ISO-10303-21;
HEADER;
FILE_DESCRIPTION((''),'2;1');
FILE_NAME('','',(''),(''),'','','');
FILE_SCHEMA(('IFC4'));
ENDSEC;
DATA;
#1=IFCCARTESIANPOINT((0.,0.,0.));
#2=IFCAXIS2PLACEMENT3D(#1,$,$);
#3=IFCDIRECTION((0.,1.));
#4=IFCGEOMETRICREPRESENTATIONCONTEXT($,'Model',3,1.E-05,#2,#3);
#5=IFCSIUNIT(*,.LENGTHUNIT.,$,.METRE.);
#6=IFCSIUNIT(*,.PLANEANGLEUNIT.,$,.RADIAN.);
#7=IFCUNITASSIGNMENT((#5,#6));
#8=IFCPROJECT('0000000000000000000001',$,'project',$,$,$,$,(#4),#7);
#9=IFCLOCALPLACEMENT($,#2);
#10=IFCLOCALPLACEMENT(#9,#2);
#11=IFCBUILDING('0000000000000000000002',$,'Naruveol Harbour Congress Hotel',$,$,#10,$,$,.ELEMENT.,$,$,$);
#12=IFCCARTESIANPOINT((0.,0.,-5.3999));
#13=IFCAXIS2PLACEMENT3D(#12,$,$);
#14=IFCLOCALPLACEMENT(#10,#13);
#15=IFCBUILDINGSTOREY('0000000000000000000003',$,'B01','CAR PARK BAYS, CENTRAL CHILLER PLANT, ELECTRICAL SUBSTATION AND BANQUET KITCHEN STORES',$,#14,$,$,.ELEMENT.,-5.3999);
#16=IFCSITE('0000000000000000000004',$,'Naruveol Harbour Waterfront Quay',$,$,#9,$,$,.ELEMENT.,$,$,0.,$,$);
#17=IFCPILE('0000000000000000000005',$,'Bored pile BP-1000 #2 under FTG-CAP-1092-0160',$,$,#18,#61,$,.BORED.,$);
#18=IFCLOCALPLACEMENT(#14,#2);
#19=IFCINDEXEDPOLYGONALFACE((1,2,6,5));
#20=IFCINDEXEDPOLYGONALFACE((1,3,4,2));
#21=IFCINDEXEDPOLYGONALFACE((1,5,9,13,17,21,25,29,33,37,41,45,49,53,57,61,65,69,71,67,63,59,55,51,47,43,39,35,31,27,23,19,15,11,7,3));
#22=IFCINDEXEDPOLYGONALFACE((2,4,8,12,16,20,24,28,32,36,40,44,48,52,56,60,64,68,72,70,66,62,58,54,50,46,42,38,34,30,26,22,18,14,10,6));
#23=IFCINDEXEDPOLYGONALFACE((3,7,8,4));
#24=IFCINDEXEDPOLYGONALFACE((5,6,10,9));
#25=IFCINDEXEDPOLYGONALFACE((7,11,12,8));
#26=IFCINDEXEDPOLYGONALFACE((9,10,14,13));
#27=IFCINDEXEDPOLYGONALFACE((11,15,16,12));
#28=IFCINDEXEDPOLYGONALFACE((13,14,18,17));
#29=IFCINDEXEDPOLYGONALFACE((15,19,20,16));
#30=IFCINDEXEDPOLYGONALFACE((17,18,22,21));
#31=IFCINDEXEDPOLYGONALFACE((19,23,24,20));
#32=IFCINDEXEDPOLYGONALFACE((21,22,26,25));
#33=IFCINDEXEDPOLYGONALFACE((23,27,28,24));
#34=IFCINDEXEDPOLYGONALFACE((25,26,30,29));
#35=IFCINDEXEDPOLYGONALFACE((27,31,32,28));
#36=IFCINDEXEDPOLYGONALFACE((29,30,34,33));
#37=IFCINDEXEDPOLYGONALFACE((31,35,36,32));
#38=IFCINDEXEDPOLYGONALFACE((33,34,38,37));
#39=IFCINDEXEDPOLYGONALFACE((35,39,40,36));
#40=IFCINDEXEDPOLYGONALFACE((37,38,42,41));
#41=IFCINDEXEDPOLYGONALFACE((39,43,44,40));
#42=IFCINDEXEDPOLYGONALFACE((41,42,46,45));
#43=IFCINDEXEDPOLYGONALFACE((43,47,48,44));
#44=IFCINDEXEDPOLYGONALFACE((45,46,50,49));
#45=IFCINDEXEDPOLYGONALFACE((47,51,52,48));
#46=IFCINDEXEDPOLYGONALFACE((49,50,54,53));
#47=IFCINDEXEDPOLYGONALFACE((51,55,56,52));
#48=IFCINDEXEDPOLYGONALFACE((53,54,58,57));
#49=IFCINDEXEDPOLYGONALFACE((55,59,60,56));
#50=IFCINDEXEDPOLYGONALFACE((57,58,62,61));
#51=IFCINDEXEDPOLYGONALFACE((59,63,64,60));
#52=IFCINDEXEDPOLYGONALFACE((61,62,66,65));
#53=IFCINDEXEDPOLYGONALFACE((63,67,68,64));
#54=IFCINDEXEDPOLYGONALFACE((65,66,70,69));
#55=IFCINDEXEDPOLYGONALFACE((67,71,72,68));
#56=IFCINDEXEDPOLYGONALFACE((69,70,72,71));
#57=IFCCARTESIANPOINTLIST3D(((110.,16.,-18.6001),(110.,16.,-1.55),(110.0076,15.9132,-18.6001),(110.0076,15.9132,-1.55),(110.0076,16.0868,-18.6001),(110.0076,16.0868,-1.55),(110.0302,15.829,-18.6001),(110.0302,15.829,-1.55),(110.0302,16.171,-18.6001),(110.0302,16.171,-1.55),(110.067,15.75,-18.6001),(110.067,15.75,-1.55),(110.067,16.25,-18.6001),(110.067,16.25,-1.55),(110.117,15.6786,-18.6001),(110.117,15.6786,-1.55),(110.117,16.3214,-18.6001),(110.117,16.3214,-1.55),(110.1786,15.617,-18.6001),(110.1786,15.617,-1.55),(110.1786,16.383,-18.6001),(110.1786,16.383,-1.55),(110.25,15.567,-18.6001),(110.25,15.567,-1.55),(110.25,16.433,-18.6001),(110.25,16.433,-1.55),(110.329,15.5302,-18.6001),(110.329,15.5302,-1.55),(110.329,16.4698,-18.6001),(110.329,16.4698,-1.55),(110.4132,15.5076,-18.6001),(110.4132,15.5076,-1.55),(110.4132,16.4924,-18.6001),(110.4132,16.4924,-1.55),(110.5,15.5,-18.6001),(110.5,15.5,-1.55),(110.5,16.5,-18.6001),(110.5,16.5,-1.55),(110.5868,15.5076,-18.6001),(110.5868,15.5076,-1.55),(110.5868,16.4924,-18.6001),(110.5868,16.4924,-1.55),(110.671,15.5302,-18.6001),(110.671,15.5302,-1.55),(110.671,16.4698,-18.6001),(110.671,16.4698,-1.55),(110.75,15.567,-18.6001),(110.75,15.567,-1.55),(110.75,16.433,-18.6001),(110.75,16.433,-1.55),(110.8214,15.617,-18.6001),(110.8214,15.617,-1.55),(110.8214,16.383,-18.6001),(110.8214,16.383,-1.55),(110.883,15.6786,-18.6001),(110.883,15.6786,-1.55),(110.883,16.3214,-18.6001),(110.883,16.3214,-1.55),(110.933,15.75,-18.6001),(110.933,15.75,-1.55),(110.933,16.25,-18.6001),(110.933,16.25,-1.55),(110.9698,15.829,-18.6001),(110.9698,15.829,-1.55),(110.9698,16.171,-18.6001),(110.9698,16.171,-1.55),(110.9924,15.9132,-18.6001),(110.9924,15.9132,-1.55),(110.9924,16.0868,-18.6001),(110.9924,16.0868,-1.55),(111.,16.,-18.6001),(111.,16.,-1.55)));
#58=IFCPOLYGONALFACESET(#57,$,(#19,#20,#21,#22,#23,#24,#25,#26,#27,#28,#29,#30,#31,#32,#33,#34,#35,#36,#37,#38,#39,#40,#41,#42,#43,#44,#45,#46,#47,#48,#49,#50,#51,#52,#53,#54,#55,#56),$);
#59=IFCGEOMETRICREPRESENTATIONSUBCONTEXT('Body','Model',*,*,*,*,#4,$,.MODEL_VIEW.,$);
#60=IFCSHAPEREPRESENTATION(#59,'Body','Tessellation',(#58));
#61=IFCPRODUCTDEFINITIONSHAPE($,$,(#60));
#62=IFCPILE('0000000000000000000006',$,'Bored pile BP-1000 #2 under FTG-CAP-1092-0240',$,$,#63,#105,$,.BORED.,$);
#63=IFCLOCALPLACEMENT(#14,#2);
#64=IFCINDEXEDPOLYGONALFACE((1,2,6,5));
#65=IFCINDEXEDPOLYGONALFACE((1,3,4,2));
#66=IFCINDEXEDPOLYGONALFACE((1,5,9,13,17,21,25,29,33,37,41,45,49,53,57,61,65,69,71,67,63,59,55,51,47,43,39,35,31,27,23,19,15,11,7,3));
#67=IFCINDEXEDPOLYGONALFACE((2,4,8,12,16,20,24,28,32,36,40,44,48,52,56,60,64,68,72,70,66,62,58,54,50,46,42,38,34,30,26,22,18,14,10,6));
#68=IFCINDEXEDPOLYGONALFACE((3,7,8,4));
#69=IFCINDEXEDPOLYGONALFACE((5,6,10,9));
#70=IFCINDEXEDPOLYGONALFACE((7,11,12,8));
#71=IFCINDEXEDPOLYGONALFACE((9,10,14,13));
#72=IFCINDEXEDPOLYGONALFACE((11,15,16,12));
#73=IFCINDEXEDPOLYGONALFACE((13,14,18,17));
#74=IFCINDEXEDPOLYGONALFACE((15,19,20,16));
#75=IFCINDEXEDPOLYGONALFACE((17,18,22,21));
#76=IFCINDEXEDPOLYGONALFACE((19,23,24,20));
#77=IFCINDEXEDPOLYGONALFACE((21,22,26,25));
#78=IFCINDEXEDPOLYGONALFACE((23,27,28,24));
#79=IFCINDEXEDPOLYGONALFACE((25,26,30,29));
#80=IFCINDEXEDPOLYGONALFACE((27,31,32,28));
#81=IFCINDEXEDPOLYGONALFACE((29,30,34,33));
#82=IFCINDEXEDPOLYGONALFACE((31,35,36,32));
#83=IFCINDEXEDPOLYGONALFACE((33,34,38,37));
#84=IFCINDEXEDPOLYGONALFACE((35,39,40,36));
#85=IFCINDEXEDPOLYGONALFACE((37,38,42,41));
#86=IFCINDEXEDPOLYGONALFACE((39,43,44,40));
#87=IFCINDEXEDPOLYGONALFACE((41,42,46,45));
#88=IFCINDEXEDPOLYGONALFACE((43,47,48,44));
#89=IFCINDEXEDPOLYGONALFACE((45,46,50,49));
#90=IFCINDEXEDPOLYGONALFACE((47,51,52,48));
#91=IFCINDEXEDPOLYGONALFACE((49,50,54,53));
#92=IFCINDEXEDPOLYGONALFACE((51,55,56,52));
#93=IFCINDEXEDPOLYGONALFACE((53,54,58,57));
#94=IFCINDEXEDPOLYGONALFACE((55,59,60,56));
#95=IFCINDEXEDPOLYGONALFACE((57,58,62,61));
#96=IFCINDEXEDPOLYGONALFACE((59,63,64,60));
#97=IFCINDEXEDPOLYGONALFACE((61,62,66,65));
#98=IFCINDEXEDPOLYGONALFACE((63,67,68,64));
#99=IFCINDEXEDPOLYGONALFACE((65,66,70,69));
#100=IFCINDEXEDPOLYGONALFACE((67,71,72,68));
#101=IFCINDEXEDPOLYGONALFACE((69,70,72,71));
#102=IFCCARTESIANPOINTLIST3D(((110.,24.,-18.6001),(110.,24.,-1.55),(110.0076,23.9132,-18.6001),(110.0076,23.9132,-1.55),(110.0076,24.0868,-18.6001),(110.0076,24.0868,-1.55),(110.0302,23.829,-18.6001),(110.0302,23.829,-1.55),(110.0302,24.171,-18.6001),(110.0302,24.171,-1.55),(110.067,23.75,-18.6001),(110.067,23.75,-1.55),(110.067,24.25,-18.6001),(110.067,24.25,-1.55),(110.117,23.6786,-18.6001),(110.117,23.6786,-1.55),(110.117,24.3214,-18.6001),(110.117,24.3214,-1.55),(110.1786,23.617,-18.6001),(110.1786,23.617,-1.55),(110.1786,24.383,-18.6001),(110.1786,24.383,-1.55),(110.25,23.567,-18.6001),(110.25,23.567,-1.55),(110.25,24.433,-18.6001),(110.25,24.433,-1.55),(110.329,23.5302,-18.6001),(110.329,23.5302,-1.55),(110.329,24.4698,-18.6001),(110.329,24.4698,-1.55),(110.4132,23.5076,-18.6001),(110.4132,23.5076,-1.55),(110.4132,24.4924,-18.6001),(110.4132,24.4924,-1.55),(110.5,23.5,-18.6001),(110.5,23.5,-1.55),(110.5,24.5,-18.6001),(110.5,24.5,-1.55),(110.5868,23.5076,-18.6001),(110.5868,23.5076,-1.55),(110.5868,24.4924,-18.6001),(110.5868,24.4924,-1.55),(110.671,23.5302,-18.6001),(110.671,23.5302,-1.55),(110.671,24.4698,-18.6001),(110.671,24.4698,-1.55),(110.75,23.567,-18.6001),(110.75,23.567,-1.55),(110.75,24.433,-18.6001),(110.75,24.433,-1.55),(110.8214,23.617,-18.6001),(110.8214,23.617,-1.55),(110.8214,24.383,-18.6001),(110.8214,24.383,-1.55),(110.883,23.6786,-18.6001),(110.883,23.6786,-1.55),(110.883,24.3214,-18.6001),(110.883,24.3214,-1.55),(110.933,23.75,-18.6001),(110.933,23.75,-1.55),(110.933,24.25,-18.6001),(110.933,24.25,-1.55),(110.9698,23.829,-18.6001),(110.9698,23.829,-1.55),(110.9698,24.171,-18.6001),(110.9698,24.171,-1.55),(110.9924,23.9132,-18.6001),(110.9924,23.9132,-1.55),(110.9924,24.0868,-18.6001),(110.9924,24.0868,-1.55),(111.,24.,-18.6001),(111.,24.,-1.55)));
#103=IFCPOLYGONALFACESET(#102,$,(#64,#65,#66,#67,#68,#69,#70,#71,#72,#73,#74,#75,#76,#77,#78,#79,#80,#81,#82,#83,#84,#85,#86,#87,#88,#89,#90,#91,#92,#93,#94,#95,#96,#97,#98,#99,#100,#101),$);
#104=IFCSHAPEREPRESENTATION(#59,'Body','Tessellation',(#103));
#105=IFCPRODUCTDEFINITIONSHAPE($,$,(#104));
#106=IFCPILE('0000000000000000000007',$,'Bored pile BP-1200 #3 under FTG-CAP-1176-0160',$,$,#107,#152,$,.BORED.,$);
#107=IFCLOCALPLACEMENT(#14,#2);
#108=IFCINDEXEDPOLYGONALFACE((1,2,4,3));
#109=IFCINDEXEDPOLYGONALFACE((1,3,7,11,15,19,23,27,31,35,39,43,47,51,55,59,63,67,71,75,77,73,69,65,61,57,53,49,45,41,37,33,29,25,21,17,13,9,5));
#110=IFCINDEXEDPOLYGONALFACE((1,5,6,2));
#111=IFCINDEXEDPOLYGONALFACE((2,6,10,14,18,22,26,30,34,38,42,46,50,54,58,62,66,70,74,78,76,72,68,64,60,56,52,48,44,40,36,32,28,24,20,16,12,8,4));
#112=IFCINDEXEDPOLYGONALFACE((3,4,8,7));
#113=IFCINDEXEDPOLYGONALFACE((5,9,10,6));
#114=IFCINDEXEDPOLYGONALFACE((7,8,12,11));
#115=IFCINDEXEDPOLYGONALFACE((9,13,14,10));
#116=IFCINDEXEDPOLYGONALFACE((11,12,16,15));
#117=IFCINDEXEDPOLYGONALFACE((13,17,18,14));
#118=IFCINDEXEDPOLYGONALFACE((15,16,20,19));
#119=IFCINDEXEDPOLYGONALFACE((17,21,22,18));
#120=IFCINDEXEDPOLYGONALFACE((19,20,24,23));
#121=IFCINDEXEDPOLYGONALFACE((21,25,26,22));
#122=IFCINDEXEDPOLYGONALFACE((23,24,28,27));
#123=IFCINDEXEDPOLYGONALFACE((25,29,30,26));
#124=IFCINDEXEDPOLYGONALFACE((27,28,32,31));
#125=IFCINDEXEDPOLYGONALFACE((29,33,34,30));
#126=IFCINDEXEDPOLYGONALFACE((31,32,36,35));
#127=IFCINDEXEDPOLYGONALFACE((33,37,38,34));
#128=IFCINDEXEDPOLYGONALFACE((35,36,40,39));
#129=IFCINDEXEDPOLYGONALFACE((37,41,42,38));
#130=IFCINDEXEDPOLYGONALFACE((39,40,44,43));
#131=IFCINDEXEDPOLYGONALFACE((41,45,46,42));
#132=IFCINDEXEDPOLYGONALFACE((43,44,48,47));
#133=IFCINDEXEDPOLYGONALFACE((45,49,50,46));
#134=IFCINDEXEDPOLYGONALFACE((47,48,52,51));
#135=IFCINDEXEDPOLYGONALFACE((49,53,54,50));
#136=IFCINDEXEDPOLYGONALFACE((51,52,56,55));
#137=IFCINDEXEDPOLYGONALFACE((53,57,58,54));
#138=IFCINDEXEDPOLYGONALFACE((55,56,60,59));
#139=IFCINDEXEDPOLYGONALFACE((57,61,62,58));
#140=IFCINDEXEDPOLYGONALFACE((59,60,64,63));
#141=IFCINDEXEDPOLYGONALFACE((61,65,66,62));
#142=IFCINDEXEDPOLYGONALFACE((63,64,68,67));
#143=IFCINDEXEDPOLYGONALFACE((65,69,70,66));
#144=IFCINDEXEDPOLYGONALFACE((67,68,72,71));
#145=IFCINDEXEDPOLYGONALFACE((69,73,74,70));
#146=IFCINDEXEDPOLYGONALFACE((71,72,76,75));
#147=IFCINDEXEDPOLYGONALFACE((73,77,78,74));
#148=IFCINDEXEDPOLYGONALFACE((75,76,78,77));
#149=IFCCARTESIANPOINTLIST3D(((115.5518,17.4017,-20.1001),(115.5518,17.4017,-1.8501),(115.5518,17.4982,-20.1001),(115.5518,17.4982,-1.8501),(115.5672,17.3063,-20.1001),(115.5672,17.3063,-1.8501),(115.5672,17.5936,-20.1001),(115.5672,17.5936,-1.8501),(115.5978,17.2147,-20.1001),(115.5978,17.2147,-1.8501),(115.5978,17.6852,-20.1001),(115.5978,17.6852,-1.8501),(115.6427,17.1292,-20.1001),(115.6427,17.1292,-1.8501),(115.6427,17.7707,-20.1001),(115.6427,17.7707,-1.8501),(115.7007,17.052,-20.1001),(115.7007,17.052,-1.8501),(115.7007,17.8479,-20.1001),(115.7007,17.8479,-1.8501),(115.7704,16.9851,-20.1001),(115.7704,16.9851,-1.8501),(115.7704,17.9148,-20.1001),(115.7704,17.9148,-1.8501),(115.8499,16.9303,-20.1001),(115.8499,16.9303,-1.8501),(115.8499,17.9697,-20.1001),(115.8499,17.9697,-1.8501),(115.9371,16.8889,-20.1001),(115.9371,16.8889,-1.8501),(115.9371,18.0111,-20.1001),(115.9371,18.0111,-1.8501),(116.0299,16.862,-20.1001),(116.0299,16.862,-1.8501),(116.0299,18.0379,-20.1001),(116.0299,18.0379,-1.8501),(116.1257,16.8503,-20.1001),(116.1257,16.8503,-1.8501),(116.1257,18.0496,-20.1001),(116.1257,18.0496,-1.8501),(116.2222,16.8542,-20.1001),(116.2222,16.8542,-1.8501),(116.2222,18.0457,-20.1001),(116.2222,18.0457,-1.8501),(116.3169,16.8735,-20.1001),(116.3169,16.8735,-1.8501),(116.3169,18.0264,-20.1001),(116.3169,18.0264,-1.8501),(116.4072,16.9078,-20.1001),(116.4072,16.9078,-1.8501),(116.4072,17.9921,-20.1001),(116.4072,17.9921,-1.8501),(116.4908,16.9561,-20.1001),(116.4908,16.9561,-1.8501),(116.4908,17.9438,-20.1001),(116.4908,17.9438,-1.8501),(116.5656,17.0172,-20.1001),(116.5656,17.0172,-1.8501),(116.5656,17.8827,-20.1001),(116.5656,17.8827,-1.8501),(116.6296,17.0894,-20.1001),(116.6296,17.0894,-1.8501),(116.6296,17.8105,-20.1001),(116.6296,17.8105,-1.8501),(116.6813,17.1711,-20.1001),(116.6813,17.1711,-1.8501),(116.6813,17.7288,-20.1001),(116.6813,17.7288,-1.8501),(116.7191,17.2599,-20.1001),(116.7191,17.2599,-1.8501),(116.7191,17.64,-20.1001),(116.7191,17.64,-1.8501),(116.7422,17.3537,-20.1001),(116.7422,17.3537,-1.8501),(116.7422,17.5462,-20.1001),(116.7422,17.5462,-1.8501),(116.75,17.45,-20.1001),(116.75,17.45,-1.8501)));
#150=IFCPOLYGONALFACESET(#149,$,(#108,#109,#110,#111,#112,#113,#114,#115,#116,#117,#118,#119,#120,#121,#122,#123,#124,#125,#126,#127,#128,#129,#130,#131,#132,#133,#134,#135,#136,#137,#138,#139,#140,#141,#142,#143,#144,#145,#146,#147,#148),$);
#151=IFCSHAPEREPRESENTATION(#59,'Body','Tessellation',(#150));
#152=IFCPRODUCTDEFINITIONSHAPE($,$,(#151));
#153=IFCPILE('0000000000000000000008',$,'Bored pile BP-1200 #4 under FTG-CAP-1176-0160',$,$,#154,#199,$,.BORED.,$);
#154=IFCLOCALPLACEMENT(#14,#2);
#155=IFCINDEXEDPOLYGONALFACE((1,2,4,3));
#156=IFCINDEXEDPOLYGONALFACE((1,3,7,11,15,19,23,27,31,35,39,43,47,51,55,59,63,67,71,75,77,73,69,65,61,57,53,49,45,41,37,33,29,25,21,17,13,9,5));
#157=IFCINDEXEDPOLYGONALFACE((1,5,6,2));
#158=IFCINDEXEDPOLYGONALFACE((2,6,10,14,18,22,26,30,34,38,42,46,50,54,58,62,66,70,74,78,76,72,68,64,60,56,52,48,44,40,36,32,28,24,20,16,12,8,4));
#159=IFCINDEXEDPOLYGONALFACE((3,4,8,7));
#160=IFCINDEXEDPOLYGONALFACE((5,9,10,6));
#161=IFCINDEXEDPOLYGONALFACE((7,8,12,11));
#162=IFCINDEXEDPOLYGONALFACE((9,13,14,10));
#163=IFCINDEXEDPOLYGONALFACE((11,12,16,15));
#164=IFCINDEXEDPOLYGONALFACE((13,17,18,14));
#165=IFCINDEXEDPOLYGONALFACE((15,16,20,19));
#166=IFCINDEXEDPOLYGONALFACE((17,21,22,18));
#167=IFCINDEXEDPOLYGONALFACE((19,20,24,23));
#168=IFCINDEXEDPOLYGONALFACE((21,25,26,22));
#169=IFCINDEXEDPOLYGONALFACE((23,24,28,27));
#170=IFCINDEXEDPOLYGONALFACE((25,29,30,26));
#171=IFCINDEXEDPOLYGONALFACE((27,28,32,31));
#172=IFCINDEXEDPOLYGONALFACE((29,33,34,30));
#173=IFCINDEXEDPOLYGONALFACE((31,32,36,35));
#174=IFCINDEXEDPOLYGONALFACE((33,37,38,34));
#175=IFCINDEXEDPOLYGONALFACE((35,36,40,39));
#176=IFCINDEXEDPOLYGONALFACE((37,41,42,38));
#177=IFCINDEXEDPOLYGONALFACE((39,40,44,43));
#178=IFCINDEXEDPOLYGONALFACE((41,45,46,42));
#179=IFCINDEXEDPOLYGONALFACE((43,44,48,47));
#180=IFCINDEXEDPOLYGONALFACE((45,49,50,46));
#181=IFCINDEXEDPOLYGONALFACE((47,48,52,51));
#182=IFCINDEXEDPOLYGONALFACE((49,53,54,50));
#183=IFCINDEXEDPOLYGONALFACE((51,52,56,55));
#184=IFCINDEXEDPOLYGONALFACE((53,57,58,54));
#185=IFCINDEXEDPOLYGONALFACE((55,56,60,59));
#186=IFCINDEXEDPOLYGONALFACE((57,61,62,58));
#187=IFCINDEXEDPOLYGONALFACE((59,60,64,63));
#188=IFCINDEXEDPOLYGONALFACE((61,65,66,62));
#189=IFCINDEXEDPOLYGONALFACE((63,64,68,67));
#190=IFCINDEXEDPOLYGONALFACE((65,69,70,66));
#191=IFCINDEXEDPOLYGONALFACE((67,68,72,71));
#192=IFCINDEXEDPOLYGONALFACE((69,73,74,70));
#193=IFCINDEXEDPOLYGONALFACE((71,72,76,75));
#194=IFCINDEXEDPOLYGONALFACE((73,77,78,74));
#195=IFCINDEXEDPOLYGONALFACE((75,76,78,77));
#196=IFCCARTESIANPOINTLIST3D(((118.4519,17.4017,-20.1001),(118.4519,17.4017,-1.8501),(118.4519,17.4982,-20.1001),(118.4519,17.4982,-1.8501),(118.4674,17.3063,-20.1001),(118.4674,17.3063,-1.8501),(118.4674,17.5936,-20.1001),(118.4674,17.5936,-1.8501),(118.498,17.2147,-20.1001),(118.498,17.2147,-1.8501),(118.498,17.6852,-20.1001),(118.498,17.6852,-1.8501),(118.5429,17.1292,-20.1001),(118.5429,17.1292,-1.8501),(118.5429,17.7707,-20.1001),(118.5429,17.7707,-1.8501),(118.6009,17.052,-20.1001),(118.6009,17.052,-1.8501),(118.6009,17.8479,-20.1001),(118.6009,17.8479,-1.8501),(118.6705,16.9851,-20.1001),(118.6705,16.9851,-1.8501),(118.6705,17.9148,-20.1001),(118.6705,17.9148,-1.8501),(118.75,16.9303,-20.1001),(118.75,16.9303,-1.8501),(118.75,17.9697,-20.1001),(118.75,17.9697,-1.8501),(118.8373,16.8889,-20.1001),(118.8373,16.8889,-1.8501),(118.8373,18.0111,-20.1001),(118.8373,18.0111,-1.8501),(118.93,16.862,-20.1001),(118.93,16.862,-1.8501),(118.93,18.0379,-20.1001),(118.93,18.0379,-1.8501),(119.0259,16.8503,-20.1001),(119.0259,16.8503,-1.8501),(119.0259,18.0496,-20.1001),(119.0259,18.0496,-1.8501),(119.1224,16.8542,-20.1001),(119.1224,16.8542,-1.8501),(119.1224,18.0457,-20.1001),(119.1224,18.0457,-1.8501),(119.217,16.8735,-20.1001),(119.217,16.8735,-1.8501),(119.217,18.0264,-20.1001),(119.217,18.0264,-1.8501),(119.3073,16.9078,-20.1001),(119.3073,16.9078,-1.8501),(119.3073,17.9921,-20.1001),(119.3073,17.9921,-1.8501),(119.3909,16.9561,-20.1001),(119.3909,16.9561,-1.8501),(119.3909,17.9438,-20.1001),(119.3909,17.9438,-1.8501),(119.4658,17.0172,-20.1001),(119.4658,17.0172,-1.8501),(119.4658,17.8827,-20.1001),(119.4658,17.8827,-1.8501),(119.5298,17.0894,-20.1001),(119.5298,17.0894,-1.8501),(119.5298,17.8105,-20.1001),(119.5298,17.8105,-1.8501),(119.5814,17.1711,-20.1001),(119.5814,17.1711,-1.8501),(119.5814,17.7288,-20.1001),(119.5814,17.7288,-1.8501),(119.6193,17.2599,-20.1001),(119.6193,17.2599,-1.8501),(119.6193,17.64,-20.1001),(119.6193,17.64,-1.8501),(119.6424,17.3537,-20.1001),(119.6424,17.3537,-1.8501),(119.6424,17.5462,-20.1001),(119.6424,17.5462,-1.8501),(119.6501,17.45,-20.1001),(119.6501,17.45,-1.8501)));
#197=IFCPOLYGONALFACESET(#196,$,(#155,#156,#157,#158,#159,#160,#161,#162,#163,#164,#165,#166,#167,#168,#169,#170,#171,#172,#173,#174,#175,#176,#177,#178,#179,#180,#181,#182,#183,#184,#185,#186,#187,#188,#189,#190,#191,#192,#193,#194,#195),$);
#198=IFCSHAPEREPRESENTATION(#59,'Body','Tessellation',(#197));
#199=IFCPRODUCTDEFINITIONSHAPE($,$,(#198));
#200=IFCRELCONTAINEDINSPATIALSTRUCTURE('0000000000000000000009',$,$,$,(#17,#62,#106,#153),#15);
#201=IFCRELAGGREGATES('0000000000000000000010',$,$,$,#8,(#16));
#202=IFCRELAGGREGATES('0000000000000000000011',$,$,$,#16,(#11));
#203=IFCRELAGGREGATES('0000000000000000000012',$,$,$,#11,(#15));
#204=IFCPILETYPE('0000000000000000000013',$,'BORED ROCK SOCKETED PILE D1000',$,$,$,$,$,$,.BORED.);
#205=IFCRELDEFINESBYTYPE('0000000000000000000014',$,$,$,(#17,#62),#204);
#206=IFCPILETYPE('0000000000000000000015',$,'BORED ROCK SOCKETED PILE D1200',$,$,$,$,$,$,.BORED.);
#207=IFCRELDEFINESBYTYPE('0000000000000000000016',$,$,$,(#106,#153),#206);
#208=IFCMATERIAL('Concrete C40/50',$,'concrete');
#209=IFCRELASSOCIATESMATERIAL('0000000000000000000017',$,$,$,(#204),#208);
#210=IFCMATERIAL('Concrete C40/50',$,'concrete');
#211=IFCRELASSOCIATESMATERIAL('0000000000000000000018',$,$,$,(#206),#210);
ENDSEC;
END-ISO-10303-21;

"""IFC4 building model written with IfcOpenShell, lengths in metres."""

from ifc_helpers import new_model, si_unit, direction, frame, origin, origin_2d, place, context, subcontext, project, spatial, circle, extrude, material, material_profile, profile_set, type_object, element, save


model = new_model("IFC4")

# Units and contexts
model_context = context("Model", 3, precision=1e-05, world=origin(), true_north=direction((0.0, 1.0)))
body_context = subcontext(model_context, "Body", "Model", "MODEL_VIEW")
ifc_project = project(units=[si_unit("LENGTHUNIT", "METRE"), si_unit("PLANEANGLEUNIT", "RADIAN")], contexts=[model_context])

# Site, building, storey
site_placement = place(None, origin())
site = spatial("IfcSite", under=ifc_project, at=site_placement, Name="Naruveol Harbour Waterfront Quay", CompositionType="ELEMENT", RefElevation=0.0)
building_placement = place(site_placement, origin())
building = spatial("IfcBuilding", under=site, at=building_placement, Name="Naruveol Harbour Congress Hotel", CompositionType="ELEMENT")
storey_placement = place(building_placement, frame((0.0, 0.0, -5.3999)))
storey = spatial("IfcBuildingStorey", under=building, at=storey_placement, Name="B01", Description="CAR PARK BAYS, CENTRAL CHILLER PLANT, ELECTRICAL SUBSTATION AND BANQUET KITCHEN STORES", CompositionType="ELEMENT", Elevation=-5.3999)

# Piles
ifc_material_1 = material(Name="Concrete C40/50", Category="concrete")
ifc_material_profile_1 = material_profile(ifc_material_1, circle(Radius=0.5, at=origin_2d()), Name="BP-1000")
ifc_profile_set_1 = profile_set([ifc_material_profile_1], Name="Concrete C40/50")
pile_type_1 = type_object("IfcPileType", Name="BORED ROCK SOCKETED PILE D1000", PredefinedType="BORED", material=ifc_profile_set_1)
for number, where, z_axis, x_axis, name in (
    (1, (110.5, 16.0, -1.55), (0.0, 0.0, -1.0), (1.0, 0.0, 0.0), "Bored pile BP-1000 #2 under FTG-CAP-1092-0160"),
    (2, (110.5, 24.0, -1.55), (0.0, 0.0, -1.0), (1.0, 0.0, 0.0), "Bored pile BP-1000 #2 under FTG-CAP-1092-0240"),
):
    element("IfcPile", number, at=place(storey_placement, frame(where, z_axis=z_axis, x_axis=x_axis)), inside=storey, type_object=pile_type_1, Name=name, PredefinedType="BORED", context=body_context, shape_type="SweptSolid", body=[
        extrude(circle(Radius=0.5, at=origin_2d()), origin(), (0.0, 0.0, 1.0), 17.05),
    ])
ifc_material_2 = material(Name="Concrete C40/50", Category="concrete")
ifc_material_profile_2 = material_profile(ifc_material_2, circle(Radius=0.6001, at=origin_2d()), Name="BP-1200")
ifc_profile_set_2 = profile_set([ifc_material_profile_2], Name="Concrete C40/50")
pile_type_2 = type_object("IfcPileType", Name="BORED ROCK SOCKETED PILE D1200", PredefinedType="BORED", material=ifc_profile_set_2)
for number, where, z_axis, x_axis, name in (
    (3, (116.1499, 17.45, -1.8501), (0.0, 0.0, -1.0), (1.0, 0.0, 0.0), "Bored pile BP-1200 #3 under FTG-CAP-1176-0160"),
    (4, (119.05, 17.45, -1.8501), (0.0, 0.0, -1.0), (1.0, 0.0, 0.0), "Bored pile BP-1200 #4 under FTG-CAP-1176-0160"),
):
    element("IfcPile", number, at=place(storey_placement, frame(where, z_axis=z_axis, x_axis=x_axis)), inside=storey, type_object=pile_type_2, Name=name, PredefinedType="BORED", context=body_context, shape_type="SweptSolid", body=[
        extrude(circle(Radius=0.6001, at=origin_2d()), origin(), (0.0, 0.0, 1.0), 18.25),
    ])

save(model, "model.ifc")
